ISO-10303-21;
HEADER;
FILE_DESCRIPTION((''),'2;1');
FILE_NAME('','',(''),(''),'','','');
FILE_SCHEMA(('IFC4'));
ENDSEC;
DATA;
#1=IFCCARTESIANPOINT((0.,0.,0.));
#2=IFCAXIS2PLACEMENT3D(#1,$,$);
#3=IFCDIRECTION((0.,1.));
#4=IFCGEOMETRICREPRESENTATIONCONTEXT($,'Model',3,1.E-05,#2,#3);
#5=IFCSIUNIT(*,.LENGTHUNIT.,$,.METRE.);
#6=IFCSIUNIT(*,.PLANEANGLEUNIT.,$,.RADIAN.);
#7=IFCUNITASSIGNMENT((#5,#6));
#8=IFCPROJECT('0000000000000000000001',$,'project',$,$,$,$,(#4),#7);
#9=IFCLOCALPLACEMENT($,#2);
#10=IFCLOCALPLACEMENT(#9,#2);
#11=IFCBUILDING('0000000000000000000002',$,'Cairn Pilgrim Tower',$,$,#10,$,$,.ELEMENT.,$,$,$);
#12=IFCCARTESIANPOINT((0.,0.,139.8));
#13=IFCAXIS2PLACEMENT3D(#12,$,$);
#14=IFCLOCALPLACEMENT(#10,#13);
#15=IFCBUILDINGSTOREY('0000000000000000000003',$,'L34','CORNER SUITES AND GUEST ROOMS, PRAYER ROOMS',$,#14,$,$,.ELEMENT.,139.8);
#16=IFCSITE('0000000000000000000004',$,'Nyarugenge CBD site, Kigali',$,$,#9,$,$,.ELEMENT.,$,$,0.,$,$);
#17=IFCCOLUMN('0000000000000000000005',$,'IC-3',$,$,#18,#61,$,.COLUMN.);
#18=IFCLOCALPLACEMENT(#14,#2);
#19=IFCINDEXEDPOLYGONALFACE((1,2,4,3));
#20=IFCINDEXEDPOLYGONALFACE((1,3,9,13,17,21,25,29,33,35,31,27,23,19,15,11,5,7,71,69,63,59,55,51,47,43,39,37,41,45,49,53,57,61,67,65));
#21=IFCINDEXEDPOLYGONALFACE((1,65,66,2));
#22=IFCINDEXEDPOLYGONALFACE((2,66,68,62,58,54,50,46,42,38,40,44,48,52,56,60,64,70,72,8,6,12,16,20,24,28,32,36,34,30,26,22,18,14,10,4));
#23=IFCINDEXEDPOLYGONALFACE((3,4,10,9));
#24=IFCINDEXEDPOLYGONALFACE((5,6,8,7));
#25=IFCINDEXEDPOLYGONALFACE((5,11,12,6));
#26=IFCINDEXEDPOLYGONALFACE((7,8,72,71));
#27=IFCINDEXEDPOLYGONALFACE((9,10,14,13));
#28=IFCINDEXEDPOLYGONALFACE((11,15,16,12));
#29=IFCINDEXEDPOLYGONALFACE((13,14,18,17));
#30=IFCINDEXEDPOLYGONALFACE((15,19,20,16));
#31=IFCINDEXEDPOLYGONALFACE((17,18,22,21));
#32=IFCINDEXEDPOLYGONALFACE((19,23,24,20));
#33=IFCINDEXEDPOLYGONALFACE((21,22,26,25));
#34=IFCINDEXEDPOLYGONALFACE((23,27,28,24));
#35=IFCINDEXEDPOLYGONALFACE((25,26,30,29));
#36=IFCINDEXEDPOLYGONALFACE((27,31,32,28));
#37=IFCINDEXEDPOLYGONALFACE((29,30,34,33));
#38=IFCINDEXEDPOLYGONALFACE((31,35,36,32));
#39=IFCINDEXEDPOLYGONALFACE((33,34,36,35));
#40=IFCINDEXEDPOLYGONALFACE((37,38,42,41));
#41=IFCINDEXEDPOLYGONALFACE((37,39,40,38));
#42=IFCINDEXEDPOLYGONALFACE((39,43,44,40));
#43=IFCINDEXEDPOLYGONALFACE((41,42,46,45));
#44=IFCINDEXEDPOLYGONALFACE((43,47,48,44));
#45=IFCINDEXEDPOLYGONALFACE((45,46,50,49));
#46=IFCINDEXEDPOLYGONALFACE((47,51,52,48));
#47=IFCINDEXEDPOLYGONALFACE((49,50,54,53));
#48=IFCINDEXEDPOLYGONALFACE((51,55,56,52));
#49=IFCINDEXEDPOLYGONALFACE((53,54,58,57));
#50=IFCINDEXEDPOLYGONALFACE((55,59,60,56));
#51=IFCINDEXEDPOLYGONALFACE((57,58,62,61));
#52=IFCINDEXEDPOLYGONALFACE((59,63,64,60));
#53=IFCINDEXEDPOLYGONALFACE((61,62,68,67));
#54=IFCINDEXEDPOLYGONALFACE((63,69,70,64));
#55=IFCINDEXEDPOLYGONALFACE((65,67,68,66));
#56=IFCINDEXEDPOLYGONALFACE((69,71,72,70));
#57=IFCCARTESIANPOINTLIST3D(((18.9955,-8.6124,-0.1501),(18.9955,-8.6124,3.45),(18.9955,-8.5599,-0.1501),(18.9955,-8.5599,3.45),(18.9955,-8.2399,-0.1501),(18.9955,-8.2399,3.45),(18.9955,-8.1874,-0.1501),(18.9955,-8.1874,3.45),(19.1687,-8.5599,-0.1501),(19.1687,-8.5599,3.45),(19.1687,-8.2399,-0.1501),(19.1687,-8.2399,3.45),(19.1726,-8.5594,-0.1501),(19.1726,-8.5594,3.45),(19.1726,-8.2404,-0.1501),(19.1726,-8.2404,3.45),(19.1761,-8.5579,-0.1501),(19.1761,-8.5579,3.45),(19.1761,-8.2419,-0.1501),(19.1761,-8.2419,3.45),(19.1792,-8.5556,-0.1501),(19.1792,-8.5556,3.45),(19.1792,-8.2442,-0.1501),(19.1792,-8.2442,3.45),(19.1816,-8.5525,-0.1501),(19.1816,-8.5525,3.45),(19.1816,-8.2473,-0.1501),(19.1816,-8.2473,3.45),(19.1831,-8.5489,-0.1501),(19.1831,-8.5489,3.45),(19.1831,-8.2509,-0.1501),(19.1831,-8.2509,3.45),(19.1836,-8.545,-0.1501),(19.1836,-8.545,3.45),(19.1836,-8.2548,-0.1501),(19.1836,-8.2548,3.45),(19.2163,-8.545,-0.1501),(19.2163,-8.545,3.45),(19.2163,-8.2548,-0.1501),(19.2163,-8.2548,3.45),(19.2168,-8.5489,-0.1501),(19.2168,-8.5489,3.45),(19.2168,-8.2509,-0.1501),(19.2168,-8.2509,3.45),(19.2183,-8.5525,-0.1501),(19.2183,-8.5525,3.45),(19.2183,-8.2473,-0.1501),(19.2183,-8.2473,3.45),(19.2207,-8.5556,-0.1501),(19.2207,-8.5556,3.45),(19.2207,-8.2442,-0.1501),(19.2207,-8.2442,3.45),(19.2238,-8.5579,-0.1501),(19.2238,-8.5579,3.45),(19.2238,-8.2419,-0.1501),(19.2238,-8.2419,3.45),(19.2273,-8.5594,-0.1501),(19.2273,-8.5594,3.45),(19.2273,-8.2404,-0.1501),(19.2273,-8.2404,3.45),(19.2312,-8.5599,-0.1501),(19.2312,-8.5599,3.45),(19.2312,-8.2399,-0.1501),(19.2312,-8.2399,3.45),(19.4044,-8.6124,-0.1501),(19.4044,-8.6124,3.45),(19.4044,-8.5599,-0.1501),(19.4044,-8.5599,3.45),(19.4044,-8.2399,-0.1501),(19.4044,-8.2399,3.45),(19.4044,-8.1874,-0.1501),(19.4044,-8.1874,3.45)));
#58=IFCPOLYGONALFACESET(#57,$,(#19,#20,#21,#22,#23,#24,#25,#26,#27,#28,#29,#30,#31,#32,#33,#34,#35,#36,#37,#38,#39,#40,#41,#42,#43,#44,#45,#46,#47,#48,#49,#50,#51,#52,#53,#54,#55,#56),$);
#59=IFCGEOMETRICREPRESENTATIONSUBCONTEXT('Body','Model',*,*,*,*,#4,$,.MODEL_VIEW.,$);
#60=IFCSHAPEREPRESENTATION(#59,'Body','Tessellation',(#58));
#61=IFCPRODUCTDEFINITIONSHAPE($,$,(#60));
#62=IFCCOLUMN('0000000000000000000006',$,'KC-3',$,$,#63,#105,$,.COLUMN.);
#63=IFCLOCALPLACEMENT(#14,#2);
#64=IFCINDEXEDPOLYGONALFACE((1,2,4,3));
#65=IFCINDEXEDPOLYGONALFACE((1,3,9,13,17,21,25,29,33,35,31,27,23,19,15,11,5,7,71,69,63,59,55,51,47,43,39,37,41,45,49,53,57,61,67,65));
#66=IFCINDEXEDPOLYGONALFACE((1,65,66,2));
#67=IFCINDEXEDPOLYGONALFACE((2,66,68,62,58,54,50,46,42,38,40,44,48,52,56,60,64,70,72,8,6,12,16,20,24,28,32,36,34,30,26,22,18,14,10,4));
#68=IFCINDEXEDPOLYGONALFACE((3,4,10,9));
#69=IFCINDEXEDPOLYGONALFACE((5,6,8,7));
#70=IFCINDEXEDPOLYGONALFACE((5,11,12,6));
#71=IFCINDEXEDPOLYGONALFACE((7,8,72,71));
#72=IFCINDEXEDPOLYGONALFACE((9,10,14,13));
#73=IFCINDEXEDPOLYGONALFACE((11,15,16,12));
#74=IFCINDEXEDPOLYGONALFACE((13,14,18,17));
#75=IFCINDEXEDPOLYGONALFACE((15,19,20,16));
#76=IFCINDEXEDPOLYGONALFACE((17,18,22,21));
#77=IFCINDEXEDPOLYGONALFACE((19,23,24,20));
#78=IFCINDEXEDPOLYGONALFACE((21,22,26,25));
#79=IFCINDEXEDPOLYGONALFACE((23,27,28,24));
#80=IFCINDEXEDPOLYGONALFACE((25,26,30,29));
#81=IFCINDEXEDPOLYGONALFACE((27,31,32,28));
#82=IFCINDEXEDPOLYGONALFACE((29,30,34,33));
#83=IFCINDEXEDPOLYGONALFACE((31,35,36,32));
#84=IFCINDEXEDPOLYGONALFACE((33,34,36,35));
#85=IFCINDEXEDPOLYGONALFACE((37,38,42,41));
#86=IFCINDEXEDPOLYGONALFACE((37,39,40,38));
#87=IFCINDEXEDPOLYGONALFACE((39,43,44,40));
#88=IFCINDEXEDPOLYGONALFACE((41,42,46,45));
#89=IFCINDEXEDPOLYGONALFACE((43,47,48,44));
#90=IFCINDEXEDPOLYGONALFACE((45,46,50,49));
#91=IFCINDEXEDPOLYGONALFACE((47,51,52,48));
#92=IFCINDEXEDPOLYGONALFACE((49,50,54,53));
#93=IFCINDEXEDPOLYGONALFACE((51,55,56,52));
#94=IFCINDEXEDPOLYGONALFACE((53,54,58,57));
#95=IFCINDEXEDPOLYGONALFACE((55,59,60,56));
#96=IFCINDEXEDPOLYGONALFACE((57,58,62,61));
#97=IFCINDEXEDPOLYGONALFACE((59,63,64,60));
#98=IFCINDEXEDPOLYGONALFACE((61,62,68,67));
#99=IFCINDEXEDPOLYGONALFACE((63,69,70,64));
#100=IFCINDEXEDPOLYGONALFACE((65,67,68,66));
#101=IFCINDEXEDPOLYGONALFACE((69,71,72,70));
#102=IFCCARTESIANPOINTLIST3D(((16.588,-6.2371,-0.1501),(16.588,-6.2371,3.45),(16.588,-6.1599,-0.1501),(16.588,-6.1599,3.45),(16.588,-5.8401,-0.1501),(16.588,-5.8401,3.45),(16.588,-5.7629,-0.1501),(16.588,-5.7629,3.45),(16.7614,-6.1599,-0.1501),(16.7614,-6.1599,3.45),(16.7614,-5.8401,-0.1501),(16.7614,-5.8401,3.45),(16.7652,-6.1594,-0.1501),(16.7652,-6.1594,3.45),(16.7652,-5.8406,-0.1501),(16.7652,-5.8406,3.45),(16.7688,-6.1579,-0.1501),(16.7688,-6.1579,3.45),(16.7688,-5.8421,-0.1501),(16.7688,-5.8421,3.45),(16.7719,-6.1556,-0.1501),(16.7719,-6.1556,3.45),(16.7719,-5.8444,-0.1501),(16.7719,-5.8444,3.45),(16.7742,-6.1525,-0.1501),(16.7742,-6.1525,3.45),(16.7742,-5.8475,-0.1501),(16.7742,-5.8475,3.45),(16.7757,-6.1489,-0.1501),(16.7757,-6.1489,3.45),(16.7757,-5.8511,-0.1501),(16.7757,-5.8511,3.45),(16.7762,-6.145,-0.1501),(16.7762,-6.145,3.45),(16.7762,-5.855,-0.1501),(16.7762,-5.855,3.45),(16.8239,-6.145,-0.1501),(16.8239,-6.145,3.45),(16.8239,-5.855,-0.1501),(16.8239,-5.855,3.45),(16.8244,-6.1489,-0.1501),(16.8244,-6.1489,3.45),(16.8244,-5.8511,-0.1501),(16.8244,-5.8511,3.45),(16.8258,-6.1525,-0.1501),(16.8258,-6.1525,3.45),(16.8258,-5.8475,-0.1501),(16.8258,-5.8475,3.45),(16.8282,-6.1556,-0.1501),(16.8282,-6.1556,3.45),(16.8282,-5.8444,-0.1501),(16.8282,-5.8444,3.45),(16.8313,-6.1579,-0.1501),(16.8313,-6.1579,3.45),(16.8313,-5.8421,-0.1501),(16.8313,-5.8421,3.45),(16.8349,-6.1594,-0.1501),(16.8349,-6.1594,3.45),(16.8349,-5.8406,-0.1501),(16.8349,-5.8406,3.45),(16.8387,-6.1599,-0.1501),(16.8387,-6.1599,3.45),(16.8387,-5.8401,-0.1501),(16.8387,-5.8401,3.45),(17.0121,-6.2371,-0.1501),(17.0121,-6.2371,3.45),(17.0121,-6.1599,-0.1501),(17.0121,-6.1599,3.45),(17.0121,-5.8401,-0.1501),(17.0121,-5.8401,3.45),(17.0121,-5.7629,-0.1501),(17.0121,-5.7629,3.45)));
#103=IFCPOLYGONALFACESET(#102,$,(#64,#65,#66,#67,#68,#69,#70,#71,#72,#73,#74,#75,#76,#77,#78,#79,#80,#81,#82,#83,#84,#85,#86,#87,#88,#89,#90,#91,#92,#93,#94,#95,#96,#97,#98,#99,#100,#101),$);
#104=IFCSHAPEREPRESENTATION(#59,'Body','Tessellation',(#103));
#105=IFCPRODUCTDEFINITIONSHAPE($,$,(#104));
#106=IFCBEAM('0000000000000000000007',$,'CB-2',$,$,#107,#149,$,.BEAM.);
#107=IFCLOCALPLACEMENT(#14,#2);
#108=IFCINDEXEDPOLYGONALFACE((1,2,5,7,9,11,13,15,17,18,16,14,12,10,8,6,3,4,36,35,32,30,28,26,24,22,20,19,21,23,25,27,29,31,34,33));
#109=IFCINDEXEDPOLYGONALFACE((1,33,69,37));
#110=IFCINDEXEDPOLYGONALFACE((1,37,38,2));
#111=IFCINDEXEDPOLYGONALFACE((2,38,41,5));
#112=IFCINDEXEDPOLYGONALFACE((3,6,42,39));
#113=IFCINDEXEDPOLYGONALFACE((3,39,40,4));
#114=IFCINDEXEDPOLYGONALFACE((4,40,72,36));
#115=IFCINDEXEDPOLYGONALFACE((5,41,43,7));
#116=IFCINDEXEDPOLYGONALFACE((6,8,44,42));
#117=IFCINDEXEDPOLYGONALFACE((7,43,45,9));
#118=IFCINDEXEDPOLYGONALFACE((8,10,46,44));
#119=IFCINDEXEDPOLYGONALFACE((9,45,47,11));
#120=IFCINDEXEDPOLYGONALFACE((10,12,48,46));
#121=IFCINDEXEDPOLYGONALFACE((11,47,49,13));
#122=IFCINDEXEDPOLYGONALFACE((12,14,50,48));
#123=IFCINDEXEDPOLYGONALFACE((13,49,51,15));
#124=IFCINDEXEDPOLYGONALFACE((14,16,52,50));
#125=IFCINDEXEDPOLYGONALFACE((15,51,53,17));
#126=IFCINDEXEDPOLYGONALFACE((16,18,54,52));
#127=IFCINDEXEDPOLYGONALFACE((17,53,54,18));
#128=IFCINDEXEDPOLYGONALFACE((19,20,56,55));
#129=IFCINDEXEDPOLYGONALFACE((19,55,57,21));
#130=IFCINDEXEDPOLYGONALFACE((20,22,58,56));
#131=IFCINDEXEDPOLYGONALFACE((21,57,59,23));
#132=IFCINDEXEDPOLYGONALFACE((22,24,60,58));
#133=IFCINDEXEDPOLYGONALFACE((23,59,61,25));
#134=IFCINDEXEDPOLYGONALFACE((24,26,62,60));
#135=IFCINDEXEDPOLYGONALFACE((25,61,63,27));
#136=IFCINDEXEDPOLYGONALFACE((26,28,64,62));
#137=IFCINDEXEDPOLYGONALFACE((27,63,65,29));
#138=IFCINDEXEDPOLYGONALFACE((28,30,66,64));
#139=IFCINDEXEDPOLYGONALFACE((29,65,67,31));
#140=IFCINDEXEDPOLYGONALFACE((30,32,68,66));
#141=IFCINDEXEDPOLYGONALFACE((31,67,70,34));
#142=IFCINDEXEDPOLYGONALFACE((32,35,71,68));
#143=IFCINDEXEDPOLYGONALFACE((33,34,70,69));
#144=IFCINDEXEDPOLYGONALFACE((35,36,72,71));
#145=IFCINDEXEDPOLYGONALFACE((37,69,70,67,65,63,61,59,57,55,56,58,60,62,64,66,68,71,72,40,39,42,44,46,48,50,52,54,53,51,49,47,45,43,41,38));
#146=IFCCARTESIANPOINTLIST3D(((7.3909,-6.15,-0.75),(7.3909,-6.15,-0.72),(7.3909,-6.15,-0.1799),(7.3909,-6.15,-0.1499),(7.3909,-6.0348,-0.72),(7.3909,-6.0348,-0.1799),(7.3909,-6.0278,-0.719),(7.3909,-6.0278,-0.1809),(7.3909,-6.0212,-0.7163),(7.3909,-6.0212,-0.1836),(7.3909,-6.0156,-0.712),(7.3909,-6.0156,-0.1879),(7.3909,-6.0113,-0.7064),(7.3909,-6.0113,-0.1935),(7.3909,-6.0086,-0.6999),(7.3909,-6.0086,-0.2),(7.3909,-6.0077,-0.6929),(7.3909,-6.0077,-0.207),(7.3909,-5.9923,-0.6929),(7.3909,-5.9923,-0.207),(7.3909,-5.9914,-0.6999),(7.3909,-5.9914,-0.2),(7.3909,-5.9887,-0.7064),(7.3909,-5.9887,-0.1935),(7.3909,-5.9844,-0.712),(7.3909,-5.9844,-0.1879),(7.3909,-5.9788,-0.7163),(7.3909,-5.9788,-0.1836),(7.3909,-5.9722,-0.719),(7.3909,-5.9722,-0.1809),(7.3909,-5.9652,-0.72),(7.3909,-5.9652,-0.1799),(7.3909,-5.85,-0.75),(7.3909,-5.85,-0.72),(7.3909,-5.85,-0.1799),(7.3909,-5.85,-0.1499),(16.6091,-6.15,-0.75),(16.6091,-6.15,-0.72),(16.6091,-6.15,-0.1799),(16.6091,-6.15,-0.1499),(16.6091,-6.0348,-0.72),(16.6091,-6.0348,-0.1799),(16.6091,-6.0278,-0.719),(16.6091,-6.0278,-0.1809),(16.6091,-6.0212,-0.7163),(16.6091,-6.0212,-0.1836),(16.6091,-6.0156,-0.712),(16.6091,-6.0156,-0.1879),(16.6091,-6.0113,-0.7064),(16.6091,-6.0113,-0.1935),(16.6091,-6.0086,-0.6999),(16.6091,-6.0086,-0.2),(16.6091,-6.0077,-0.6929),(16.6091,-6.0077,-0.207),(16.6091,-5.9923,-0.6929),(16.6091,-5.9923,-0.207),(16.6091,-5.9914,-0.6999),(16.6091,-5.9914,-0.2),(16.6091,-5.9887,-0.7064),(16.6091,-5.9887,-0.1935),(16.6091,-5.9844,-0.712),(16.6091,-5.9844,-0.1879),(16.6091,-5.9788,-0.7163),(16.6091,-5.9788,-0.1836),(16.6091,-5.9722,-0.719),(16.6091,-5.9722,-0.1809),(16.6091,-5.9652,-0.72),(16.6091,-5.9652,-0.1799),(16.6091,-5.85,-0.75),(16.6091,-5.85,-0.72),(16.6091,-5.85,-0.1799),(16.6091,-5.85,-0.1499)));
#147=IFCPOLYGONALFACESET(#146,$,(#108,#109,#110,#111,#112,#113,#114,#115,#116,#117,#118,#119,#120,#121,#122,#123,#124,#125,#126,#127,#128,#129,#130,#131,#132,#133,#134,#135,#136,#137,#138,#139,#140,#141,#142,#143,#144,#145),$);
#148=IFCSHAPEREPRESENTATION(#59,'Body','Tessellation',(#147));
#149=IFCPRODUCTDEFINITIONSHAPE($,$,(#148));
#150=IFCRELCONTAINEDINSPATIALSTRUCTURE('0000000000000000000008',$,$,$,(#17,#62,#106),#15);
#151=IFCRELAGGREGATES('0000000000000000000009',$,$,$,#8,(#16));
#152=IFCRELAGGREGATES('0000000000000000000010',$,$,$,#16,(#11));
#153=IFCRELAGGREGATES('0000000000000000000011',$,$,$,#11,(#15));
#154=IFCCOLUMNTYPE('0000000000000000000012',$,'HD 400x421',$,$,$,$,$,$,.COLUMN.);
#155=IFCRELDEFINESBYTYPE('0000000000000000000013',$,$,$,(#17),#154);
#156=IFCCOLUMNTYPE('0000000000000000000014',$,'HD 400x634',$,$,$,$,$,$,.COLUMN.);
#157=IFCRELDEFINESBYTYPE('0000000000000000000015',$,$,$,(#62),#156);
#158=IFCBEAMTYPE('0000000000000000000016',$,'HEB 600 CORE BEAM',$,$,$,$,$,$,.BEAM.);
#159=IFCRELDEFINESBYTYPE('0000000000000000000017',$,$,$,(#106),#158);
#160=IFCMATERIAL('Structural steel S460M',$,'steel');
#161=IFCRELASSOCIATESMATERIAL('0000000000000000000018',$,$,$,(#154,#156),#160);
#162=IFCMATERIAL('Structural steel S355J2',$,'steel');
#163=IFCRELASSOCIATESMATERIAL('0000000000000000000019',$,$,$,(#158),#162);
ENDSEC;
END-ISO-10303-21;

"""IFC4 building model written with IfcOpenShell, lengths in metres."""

from ifc_helpers import new_model, si_unit, direction, frame, origin, origin_2d, place, context, subcontext, project, spatial, i_section, extrude, material, material_profile, profile_set, type_object, element, save


model = new_model("IFC4")

# Units and contexts
model_context = context("Model", 3, precision=1e-05, world=origin(), true_north=direction((0.0, 1.0)))
body_context = subcontext(model_context, "Body", "Model", "MODEL_VIEW")
ifc_project = project(units=[si_unit("LENGTHUNIT", "METRE"), si_unit("PLANEANGLEUNIT", "RADIAN")], contexts=[model_context])

# Site, building, storey
site_placement = place(None, origin())
site = spatial("IfcSite", under=ifc_project, at=site_placement, Name="Nyarugenge CBD site, Kigali", CompositionType="ELEMENT", RefElevation=0.0)
building_placement = place(site_placement, origin())
building = spatial("IfcBuilding", under=site, at=building_placement, Name="Cairn Pilgrim Tower", CompositionType="ELEMENT")
storey_placement = place(building_placement, frame((0.0, 0.0, 139.8)))
storey = spatial("IfcBuildingStorey", under=building, at=storey_placement, Name="L34", Description="CORNER SUITES AND GUEST ROOMS, PRAYER ROOMS", CompositionType="ELEMENT", Elevation=139.8)

# Columns
ifc_material_1 = material(Name="Structural steel S460M", Category="steel")
ifc_material_profile_1 = material_profile(ifc_material_1, i_section(OverallWidth=0.4089, OverallDepth=0.425, WebThickness=0.0327, FlangeThickness=0.0525, FilletRadius=0.0149, at=origin_2d()), Name="HD 400x421")
ifc_profile_set_1 = profile_set([ifc_material_profile_1], Name="Structural steel S460M")
column_type_1 = type_object("IfcColumnType", Name="HD 400x421", PredefinedType="COLUMN", material=ifc_profile_set_1)
column_1_placement = place(storey_placement, frame((19.2, -8.3999, -0.1501), z_axis=(0.0, 0.0, 1.0), x_axis=(1.0, 0.0, 0.0)))
element("IfcColumn", 1, at=column_1_placement, inside=storey, type_object=column_type_1, Name="IC-3", PredefinedType="COLUMN", context=body_context, shape_type="SweptSolid", body=[
    extrude(i_section(OverallWidth=0.4089, OverallDepth=0.425, WebThickness=0.0327, FlangeThickness=0.0525, FilletRadius=0.0149, at=origin_2d()), origin(), (0.0, 0.0, 1.0), 3.6001),
])
ifc_material_profile_2 = material_profile(ifc_material_1, i_section(OverallWidth=0.4241, OverallDepth=0.4741, WebThickness=0.0476, FlangeThickness=0.0771, FilletRadius=0.0149, at=origin_2d()), Name="HD 400x634")
ifc_profile_set_2 = profile_set([ifc_material_profile_2], Name="Structural steel S460M")
column_type_2 = type_object("IfcColumnType", Name="HD 400x634", PredefinedType="COLUMN", material=ifc_profile_set_2)
column_2_placement = place(storey_placement, frame((16.8, -6.0, -0.1501), z_axis=(0.0, 0.0, 1.0), x_axis=(1.0, 0.0, 0.0)))
element("IfcColumn", 2, at=column_2_placement, inside=storey, type_object=column_type_2, Name="KC-3", PredefinedType="COLUMN", context=body_context, shape_type="SweptSolid", body=[
    extrude(i_section(OverallWidth=0.4241, OverallDepth=0.4741, WebThickness=0.0476, FlangeThickness=0.0771, FilletRadius=0.0149, at=origin_2d()), origin(), (0.0, 0.0, 1.0), 3.6001),
])

# Beam
ifc_material_2 = material(Name="Structural steel S355J2", Category="steel")
ifc_material_profile_3 = material_profile(ifc_material_2, i_section(OverallWidth=0.3, OverallDepth=0.6001, WebThickness=0.0154, FlangeThickness=0.03, FilletRadius=0.0271, at=origin_2d()), Name="HEB 600")
ifc_profile_set_3 = profile_set([ifc_material_profile_3], Name="Structural steel S355J2")
beam_type_1 = type_object("IfcBeamType", Name="HEB 600 CORE BEAM", PredefinedType="BEAM", material=ifc_profile_set_3)
beam_1_placement = place(storey_placement, frame((7.3909, -6.0, -0.45), z_axis=(1.0, 0.0, 0.0), x_axis=(0.0, 1.0, 0.0)))
element("IfcBeam", 3, at=beam_1_placement, inside=storey, type_object=beam_type_1, Name="CB-2", PredefinedType="BEAM", context=body_context, shape_type="SweptSolid", body=[
    extrude(i_section(OverallWidth=0.3, OverallDepth=0.6001, WebThickness=0.0154, FlangeThickness=0.03, FilletRadius=0.0271, at=origin_2d()), origin(), (0.0, 0.0, 1.0), 9.2183),
])

save(model, "model.ifc")
